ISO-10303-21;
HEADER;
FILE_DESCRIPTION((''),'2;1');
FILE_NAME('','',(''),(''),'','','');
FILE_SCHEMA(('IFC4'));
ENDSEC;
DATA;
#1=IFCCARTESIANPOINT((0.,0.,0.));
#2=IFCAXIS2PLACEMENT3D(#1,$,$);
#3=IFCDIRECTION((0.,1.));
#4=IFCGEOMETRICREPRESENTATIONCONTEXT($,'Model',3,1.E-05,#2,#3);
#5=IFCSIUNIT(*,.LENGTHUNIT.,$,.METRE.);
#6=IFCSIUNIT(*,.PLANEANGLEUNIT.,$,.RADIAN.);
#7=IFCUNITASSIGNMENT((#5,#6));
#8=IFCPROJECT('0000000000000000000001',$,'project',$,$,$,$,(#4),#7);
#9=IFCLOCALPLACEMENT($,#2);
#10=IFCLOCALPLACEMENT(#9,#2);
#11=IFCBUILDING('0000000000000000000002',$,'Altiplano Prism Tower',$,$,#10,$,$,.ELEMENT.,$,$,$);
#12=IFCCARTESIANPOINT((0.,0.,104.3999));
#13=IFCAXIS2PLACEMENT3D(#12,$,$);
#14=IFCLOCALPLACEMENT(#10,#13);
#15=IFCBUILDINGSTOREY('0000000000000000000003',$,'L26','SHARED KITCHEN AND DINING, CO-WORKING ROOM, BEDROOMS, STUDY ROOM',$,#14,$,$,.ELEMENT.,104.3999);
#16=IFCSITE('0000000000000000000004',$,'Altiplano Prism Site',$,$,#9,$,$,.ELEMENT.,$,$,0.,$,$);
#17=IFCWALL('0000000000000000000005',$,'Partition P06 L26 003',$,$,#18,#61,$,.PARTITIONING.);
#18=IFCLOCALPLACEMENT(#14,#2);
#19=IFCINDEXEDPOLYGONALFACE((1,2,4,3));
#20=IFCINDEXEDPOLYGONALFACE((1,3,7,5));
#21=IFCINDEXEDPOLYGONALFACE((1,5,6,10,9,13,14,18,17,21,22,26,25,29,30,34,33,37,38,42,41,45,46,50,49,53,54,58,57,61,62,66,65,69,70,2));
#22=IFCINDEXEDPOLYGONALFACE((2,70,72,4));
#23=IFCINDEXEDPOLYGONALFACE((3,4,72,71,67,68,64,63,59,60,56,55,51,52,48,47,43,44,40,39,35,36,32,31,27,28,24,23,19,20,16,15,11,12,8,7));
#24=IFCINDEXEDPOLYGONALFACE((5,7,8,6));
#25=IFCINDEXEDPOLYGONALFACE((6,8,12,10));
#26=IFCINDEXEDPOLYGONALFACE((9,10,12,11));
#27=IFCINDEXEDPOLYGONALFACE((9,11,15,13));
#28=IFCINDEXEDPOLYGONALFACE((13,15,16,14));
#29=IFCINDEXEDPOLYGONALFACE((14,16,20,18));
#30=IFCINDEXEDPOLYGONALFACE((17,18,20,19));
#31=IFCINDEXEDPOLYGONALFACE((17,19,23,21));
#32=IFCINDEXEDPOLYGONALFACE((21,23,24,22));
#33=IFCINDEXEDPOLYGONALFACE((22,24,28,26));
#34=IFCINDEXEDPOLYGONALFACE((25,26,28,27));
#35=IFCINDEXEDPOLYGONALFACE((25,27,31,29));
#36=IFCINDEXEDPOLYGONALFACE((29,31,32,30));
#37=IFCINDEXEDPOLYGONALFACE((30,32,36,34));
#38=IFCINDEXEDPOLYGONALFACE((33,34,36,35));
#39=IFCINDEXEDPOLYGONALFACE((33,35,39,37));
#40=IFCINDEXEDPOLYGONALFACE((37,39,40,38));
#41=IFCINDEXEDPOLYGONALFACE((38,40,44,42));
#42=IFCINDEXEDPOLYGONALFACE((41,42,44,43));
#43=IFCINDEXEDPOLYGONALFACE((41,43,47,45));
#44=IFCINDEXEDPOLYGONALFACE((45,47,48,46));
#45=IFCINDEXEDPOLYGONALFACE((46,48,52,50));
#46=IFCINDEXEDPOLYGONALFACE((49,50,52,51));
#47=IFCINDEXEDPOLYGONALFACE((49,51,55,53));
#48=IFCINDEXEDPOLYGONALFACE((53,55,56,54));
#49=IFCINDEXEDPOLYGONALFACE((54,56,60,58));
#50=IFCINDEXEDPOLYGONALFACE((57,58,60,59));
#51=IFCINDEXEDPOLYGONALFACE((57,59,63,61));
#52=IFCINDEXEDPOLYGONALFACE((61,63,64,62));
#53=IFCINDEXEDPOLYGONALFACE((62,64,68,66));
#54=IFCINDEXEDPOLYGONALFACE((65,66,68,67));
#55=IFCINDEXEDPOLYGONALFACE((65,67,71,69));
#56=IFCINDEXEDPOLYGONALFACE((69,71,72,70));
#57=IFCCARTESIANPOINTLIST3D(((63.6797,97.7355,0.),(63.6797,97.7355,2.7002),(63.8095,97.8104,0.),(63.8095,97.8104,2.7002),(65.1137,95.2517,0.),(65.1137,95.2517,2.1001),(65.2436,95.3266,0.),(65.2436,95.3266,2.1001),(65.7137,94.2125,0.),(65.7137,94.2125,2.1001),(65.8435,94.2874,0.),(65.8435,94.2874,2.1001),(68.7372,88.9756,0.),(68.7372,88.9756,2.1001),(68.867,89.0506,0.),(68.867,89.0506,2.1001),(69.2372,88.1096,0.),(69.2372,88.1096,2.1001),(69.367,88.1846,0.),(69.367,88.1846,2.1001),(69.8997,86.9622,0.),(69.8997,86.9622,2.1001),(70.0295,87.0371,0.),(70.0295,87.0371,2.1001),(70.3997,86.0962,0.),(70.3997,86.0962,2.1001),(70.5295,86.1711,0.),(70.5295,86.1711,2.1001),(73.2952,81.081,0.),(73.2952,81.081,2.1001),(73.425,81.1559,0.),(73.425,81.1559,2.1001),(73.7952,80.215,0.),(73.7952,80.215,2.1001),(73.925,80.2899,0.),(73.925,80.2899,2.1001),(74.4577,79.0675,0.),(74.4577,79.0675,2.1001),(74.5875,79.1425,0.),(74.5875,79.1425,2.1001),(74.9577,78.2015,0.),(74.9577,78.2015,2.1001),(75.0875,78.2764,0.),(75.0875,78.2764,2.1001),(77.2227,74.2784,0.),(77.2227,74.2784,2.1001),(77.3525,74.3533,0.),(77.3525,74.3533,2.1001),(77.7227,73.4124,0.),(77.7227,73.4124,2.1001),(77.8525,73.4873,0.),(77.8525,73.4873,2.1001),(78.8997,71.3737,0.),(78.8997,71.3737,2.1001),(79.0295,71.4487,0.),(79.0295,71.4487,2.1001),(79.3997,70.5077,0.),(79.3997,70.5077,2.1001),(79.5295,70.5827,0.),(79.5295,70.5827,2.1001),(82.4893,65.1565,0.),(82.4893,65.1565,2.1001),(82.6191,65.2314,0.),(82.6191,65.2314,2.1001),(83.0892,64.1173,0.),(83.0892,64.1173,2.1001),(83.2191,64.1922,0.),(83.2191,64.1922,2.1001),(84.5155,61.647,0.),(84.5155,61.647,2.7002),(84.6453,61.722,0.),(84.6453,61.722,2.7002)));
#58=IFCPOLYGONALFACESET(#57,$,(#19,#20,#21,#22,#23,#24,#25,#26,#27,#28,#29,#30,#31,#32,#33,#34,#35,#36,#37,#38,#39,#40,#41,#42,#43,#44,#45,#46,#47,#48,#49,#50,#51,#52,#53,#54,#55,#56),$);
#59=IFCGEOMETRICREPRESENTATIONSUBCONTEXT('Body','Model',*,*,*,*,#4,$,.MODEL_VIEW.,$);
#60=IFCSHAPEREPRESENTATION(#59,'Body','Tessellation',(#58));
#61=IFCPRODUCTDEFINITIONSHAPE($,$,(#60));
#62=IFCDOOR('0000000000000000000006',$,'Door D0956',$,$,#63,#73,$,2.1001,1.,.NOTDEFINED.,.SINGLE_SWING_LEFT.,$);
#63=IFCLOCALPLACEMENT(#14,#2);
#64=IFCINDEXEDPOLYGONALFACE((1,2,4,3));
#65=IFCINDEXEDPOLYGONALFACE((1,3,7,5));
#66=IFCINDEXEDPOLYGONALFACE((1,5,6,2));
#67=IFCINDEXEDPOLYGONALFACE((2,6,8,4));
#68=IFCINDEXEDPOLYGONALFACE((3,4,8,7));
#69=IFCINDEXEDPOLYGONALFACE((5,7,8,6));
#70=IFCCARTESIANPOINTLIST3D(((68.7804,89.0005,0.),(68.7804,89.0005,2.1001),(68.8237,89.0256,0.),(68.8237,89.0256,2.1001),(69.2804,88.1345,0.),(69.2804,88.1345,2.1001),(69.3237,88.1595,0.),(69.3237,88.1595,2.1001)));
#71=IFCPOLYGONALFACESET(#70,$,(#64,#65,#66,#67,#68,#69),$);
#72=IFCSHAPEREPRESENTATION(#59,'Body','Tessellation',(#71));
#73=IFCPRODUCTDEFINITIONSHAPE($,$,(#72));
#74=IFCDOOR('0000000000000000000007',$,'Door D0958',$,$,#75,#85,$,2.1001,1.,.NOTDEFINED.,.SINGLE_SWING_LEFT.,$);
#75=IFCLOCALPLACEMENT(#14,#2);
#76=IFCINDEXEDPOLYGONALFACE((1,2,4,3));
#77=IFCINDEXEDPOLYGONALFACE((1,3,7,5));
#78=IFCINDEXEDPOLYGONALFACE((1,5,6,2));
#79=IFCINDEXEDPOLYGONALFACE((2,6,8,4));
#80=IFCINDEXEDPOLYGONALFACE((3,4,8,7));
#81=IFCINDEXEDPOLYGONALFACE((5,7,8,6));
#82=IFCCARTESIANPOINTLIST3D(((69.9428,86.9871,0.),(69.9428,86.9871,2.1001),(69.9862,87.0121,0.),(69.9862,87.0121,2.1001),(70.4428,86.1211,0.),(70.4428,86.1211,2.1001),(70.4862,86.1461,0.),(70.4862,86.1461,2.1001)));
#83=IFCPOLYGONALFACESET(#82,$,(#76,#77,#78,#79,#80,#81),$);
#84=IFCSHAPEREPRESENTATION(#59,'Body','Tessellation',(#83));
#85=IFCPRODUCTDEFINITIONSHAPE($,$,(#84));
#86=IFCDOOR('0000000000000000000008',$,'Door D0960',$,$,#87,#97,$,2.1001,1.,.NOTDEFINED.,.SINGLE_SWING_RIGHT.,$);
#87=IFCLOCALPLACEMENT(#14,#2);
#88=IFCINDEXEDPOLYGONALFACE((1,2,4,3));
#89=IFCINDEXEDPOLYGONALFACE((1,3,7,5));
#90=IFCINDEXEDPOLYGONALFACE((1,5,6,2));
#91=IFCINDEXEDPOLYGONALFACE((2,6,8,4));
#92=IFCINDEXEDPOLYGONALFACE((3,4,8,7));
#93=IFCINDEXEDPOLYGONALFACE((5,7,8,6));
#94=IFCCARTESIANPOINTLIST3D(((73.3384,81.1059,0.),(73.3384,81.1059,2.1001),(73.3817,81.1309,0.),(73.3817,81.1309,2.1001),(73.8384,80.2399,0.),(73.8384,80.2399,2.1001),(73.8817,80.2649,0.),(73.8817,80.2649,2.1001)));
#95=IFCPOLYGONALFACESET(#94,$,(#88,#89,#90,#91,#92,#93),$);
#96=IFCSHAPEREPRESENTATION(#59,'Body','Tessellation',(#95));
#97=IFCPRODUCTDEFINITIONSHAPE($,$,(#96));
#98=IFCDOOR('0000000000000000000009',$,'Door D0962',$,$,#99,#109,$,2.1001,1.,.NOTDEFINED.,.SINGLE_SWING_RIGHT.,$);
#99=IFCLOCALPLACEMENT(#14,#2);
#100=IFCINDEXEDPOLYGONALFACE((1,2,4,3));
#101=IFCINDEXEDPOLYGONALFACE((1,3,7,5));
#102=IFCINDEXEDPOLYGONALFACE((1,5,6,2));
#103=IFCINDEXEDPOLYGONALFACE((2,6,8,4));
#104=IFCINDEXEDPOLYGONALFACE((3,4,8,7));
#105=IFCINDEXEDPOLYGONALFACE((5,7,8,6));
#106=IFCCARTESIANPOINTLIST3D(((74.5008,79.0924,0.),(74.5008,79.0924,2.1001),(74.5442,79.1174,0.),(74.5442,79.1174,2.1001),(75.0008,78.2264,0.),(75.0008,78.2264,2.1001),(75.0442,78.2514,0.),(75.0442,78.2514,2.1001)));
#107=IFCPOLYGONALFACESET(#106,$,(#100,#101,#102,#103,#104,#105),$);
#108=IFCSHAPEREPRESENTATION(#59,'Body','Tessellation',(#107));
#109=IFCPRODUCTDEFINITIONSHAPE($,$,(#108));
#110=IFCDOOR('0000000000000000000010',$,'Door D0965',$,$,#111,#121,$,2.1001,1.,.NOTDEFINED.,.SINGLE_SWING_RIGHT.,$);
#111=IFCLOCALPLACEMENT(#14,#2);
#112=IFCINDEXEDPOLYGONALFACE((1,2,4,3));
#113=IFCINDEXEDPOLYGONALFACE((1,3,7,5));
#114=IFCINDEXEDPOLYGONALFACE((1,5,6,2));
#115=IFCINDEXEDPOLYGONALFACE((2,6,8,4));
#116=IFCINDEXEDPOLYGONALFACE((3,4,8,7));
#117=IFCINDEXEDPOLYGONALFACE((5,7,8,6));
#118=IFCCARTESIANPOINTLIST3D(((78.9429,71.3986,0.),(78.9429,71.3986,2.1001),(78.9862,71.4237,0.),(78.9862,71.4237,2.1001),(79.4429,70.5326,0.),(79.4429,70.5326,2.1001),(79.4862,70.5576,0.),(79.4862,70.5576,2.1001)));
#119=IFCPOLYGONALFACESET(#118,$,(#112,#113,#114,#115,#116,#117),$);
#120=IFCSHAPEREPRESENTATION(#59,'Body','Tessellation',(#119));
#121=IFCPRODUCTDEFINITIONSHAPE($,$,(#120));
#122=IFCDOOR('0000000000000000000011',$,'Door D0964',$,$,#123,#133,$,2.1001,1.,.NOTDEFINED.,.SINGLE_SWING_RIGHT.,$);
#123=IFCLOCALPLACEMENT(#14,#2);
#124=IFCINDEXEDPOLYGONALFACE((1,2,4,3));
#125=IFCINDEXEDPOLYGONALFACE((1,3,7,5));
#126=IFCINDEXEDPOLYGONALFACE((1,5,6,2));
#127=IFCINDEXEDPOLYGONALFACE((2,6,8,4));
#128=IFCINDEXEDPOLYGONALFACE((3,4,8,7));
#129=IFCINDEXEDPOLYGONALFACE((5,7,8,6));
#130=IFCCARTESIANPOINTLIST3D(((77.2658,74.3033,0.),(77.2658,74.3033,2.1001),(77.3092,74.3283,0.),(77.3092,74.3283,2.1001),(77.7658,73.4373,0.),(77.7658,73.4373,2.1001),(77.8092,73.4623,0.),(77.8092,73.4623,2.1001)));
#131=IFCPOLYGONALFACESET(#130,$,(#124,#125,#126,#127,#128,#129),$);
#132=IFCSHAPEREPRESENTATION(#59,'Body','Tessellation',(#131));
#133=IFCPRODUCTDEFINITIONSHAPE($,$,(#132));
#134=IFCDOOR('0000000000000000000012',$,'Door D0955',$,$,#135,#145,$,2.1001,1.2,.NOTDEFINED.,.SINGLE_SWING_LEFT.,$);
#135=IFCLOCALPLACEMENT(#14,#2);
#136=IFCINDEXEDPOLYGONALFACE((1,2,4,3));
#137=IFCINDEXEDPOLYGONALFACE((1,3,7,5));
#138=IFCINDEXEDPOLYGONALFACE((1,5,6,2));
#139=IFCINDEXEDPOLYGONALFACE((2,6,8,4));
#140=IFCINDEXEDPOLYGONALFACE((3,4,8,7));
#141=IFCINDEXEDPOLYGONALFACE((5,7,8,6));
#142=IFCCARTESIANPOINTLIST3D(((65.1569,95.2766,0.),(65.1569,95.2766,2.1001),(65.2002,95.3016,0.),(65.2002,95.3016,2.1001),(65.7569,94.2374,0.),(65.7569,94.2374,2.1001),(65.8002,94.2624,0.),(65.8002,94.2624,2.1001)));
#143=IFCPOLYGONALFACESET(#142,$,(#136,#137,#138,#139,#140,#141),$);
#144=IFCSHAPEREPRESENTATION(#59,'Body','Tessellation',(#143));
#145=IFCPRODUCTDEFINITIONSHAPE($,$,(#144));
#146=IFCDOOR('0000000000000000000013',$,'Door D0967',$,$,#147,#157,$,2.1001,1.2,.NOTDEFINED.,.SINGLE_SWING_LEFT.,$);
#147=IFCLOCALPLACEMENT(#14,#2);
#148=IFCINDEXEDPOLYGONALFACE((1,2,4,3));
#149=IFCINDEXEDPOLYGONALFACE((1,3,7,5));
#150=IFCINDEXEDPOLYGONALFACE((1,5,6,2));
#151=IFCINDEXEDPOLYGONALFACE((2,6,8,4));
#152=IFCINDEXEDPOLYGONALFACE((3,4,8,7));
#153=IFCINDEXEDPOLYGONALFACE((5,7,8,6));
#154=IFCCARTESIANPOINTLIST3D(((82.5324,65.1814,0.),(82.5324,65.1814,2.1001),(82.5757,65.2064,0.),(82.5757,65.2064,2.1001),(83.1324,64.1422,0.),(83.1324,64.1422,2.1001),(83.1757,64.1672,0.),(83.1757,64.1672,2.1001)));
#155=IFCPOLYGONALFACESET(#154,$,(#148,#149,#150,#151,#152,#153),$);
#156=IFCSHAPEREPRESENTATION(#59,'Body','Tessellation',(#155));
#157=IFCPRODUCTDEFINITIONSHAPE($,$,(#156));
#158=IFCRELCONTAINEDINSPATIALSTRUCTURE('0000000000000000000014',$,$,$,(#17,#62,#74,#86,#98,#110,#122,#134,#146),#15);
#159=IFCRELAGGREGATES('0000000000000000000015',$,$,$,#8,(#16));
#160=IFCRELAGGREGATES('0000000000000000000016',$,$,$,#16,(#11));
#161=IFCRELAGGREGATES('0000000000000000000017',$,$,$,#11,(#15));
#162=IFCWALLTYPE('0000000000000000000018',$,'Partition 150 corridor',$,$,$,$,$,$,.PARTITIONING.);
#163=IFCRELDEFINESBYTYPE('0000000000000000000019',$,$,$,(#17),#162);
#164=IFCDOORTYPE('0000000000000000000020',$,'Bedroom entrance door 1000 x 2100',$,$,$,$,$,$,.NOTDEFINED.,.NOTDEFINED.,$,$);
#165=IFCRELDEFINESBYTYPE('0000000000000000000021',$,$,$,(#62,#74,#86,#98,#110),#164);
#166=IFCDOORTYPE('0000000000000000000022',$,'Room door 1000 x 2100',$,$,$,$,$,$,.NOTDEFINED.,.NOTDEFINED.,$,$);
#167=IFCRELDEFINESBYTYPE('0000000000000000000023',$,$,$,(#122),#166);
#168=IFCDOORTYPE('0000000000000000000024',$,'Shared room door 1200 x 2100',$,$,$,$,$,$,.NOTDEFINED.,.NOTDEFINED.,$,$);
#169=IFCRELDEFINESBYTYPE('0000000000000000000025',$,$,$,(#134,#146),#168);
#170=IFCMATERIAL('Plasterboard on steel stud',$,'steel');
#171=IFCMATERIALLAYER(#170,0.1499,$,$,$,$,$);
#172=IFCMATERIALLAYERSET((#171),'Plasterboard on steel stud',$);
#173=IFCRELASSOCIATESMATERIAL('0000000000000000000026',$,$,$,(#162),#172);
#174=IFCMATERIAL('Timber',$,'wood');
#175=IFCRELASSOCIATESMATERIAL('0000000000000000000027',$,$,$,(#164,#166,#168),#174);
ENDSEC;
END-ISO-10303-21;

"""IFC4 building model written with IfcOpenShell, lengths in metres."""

from ifc_helpers import new_model, si_unit, direction, frame, frame_2d, origin, place, context, subcontext, project, spatial, rectangle, extrude, material, layer, layer_set, type_object, element, fill, save


model = new_model("IFC4")

# Units and contexts
model_context = context("Model", 3, precision=1e-05, world=origin(), true_north=direction((0.0, 1.0)))
body_context = subcontext(model_context, "Body", "Model", "MODEL_VIEW")
ifc_project = project(units=[si_unit("LENGTHUNIT", "METRE"), si_unit("PLANEANGLEUNIT", "RADIAN")], contexts=[model_context])

# Site, building, storey
site_placement = place(None, origin())
site = spatial("IfcSite", under=ifc_project, at=site_placement, Name="Altiplano Prism Site", CompositionType="ELEMENT", RefElevation=0.0)
building_placement = place(site_placement, origin())
building = spatial("IfcBuilding", under=site, at=building_placement, Name="Altiplano Prism Tower", CompositionType="ELEMENT")
storey_placement = place(building_placement, frame((0.0, 0.0, 104.3999)))
storey = spatial("IfcBuildingStorey", under=building, at=storey_placement, Name="L26", Description="SHARED KITCHEN AND DINING, CO-WORKING ROOM, BEDROOMS, STUDY ROOM", CompositionType="ELEMENT", Elevation=104.3999)

# Shared definitions
ifc_material_1 = material(Name="Plasterboard on steel stud", Category="steel")
ifc_layer_1 = layer(ifc_material_1, 0.1499)
ifc_layer_set_1 = layer_set([ifc_layer_1], Name="Plasterboard on steel stud")
wall_type_1 = type_object("IfcWallType", Name="Partition 150 corridor", PredefinedType="PARTITIONING", material=ifc_layer_set_1)

# Wall, openings, doors
wall_1_placement = place(storey_placement, frame((63.7446, 97.7729, 0.0), z_axis=(0.0, 0.0, 1.0), x_axis=(0.500001, -0.866025, 0.0)))
wall_1 = element("IfcWall", 1, at=wall_1_placement, inside=storey, type_object=wall_type_1, Name="Partition P06 L26 003", PredefinedType="PARTITIONING", context=body_context, shape_type="SweptSolid", body=[
    extrude(rectangle(XDim=41.6714, YDim=0.1499, at=frame_2d((20.8357, 0.0))), origin(), (0.0, 0.0, 1.0), 2.7002),
])
opening_1_placement = place(wall_1_placement, frame((2.8679, 0.0, 0.0)))
opening_1 = element("IfcOpeningElement", 2, at=opening_1_placement, cuts=wall_1, PredefinedType="OPENING", context=body_context, shape_type="SweptSolid", body=[
    extrude(rectangle(XDim=1.2, YDim=2.1001, at=frame_2d((0.6001, 1.05))), frame((0.0, 0.0854, 0.0), z_axis=(0.0, -1.0, 0.0), x_axis=(1.0, 0.0, 0.0)), (0.0, 0.0, 1.0), 0.1709),
])
opening_2_placement = place(wall_1_placement, frame((10.115, 0.0, 0.0)))
opening_2 = element("IfcOpeningElement", 3, at=opening_2_placement, cuts=wall_1, PredefinedType="OPENING", context=body_context, shape_type="SweptSolid", body=[
    extrude(rectangle(XDim=1.0, YDim=2.1001, at=frame_2d((0.5, 1.05))), frame((0.0, 0.0854, 0.0), z_axis=(0.0, -1.0, 0.0), x_axis=(1.0, 0.0, 0.0)), (0.0, 0.0, 1.0), 0.1709),
])
opening_3_placement = place(wall_1_placement, frame((12.4399, 0.0, 0.0)))
opening_3 = element("IfcOpeningElement", 4, at=opening_3_placement, cuts=wall_1, PredefinedType="OPENING", context=body_context, shape_type="SweptSolid", body=[
    extrude(rectangle(XDim=1.0, YDim=2.1001, at=frame_2d((0.5, 1.05))), frame((0.0, 0.0854, 0.0), z_axis=(0.0, -1.0, 0.0), x_axis=(1.0, 0.0, 0.0)), (0.0, 0.0, 1.0), 0.1709),
])
opening_4_placement = place(wall_1_placement, frame((19.231, 0.0, 0.0)))
opening_4 = element("IfcOpeningElement", 5, at=opening_4_placement, cuts=wall_1, PredefinedType="OPENING", context=body_context, shape_type="SweptSolid", body=[
    extrude(rectangle(XDim=1.0, YDim=2.1001, at=frame_2d((0.5, 1.05))), frame((0.0, 0.0854, 0.0), z_axis=(0.0, -1.0, 0.0), x_axis=(1.0, 0.0, 0.0)), (0.0, 0.0, 1.0), 0.1709),
])
opening_5_placement = place(wall_1_placement, frame((21.5559, 0.0, 0.0)))
opening_5 = element("IfcOpeningElement", 6, at=opening_5_placement, cuts=wall_1, PredefinedType="OPENING", context=body_context, shape_type="SweptSolid", body=[
    extrude(rectangle(XDim=1.0, YDim=2.1001, at=frame_2d((0.5, 1.05))), frame((0.0, 0.0854, 0.0), z_axis=(0.0, -1.0, 0.0), x_axis=(1.0, 0.0, 0.0)), (0.0, 0.0, 1.0), 0.1709),
])
opening_6_placement = place(wall_1_placement, frame((27.0859, 0.0, 0.0)))
opening_6 = element("IfcOpeningElement", 7, at=opening_6_placement, cuts=wall_1, PredefinedType="OPENING", context=body_context, shape_type="SweptSolid", body=[
    extrude(rectangle(XDim=1.0, YDim=2.1001, at=frame_2d((0.5, 1.05))), frame((0.0, 0.0854, 0.0), z_axis=(0.0, -1.0, 0.0), x_axis=(1.0, 0.0, 0.0)), (0.0, 0.0, 1.0), 0.1709),
])
opening_7_placement = place(wall_1_placement, frame((30.4399, 0.0, 0.0)))
opening_7 = element("IfcOpeningElement", 8, at=opening_7_placement, cuts=wall_1, PredefinedType="OPENING", context=body_context, shape_type="SweptSolid", body=[
    extrude(rectangle(XDim=1.0, YDim=2.1001, at=frame_2d((0.5, 1.05))), frame((0.0, 0.0854, 0.0), z_axis=(0.0, -1.0, 0.0), x_axis=(1.0, 0.0, 0.0)), (0.0, 0.0, 1.0), 0.1709),
])
opening_8_placement = place(wall_1_placement, frame((37.6189, 0.0, 0.0)))
opening_8 = element("IfcOpeningElement", 9, at=opening_8_placement, cuts=wall_1, PredefinedType="OPENING", context=body_context, shape_type="SweptSolid", body=[
    extrude(rectangle(XDim=1.2, YDim=2.1001, at=frame_2d((0.6001, 1.05))), frame((0.0, 0.0854, 0.0), z_axis=(0.0, -1.0, 0.0), x_axis=(1.0, 0.0, 0.0)), (0.0, 0.0, 1.0), 0.1709),
])
ifc_material_2 = material(Name="Timber", Category="wood")
door_type_1 = type_object("IfcDoorType", Name="Bedroom entrance door 1000 x 2100", OperationType="NOTDEFINED", PredefinedType="NOTDEFINED", material=ifc_material_2)
door_1_placement = place(opening_2_placement, origin())
door_1 = element("IfcDoor", 10, at=door_1_placement, inside=storey, type_object=door_type_1, Name="Door D0956", OperationType="SINGLE_SWING_LEFT", OverallHeight=2.1001, OverallWidth=1.0, PredefinedType="NOTDEFINED", context=body_context, shape_type="SweptSolid", body=[
    extrude(rectangle(XDim=1.0, YDim=2.1001, at=frame_2d((0.5, 1.05))), frame((0.0, 0.0249, 0.0), z_axis=(0.0, -1.0, 0.0), x_axis=(1.0, 0.0, 0.0)), (0.0, 0.0, 1.0), 0.05),
])
fill(opening_2, door_1)
door_2_placement = place(opening_3_placement, origin())
door_2 = element("IfcDoor", 11, at=door_2_placement, inside=storey, type_object=door_type_1, Name="Door D0958", OperationType="SINGLE_SWING_LEFT", OverallHeight=2.1001, OverallWidth=1.0, PredefinedType="NOTDEFINED", context=body_context, shape_type="SweptSolid", body=[
    extrude(rectangle(XDim=1.0, YDim=2.1001, at=frame_2d((0.5, 1.05))), frame((0.0, 0.0249, 0.0), z_axis=(0.0, -1.0, 0.0), x_axis=(1.0, 0.0, 0.0)), (0.0, 0.0, 1.0), 0.05),
])
fill(opening_3, door_2)
door_3_placement = place(opening_4_placement, origin())
door_3 = element("IfcDoor", 12, at=door_3_placement, inside=storey, type_object=door_type_1, Name="Door D0960", OperationType="SINGLE_SWING_RIGHT", OverallHeight=2.1001, OverallWidth=1.0, PredefinedType="NOTDEFINED", context=body_context, shape_type="SweptSolid", body=[
    extrude(rectangle(XDim=1.0, YDim=2.1001, at=frame_2d((0.5, 1.05))), frame((0.0, 0.0249, 0.0), z_axis=(0.0, -1.0, 0.0), x_axis=(1.0, 0.0, 0.0)), (0.0, 0.0, 1.0), 0.05),
])
fill(opening_4, door_3)
door_4_placement = place(opening_5_placement, origin())
door_4 = element("IfcDoor", 13, at=door_4_placement, inside=storey, type_object=door_type_1, Name="Door D0962", OperationType="SINGLE_SWING_RIGHT", OverallHeight=2.1001, OverallWidth=1.0, PredefinedType="NOTDEFINED", context=body_context, shape_type="SweptSolid", body=[
    extrude(rectangle(XDim=1.0, YDim=2.1001, at=frame_2d((0.5, 1.05))), frame((0.0, 0.0249, 0.0), z_axis=(0.0, -1.0, 0.0), x_axis=(1.0, 0.0, 0.0)), (0.0, 0.0, 1.0), 0.05),
])
fill(opening_5, door_4)
door_5_placement = place(opening_7_placement, origin())
door_5 = element("IfcDoor", 14, at=door_5_placement, inside=storey, type_object=door_type_1, Name="Door D0965", OperationType="SINGLE_SWING_RIGHT", OverallHeight=2.1001, OverallWidth=1.0, PredefinedType="NOTDEFINED", context=body_context, shape_type="SweptSolid", body=[
    extrude(rectangle(XDim=1.0, YDim=2.1001, at=frame_2d((0.5, 1.05))), frame((0.0, 0.0249, 0.0), z_axis=(0.0, -1.0, 0.0), x_axis=(1.0, 0.0, 0.0)), (0.0, 0.0, 1.0), 0.05),
])
fill(opening_7, door_5)
door_type_2 = type_object("IfcDoorType", Name="Room door 1000 x 2100", OperationType="NOTDEFINED", PredefinedType="NOTDEFINED", material=ifc_material_2)
door_6_placement = place(opening_6_placement, origin())
door_6 = element("IfcDoor", 15, at=door_6_placement, inside=storey, type_object=door_type_2, Name="Door D0964", OperationType="SINGLE_SWING_RIGHT", OverallHeight=2.1001, OverallWidth=1.0, PredefinedType="NOTDEFINED", context=body_context, shape_type="SweptSolid", body=[
    extrude(rectangle(XDim=1.0, YDim=2.1001, at=frame_2d((0.5, 1.05))), frame((0.0, 0.0249, 0.0), z_axis=(0.0, -1.0, 0.0), x_axis=(1.0, 0.0, 0.0)), (0.0, 0.0, 1.0), 0.05),
])
fill(opening_6, door_6)
door_type_3 = type_object("IfcDoorType", Name="Shared room door 1200 x 2100", OperationType="NOTDEFINED", PredefinedType="NOTDEFINED", material=ifc_material_2)
door_7_placement = place(opening_1_placement, origin())
door_7 = element("IfcDoor", 16, at=door_7_placement, inside=storey, type_object=door_type_3, Name="Door D0955", OperationType="SINGLE_SWING_LEFT", OverallHeight=2.1001, OverallWidth=1.2, PredefinedType="NOTDEFINED", context=body_context, shape_type="SweptSolid", body=[
    extrude(rectangle(XDim=1.2, YDim=2.1001, at=frame_2d((0.6001, 1.05))), frame((0.0, 0.0249, 0.0), z_axis=(0.0, -1.0, 0.0), x_axis=(1.0, 0.0, 0.0)), (0.0, 0.0, 1.0), 0.05),
])
fill(opening_1, door_7)
door_8_placement = place(opening_8_placement, origin())
door_8 = element("IfcDoor", 17, at=door_8_placement, inside=storey, type_object=door_type_3, Name="Door D0967", OperationType="SINGLE_SWING_LEFT", OverallHeight=2.1001, OverallWidth=1.2, PredefinedType="NOTDEFINED", context=body_context, shape_type="SweptSolid", body=[
    extrude(rectangle(XDim=1.2, YDim=2.1001, at=frame_2d((0.6001, 1.05))), frame((0.0, 0.0249, 0.0), z_axis=(0.0, -1.0, 0.0), x_axis=(1.0, 0.0, 0.0)), (0.0, 0.0, 1.0), 0.05),
])
fill(opening_8, door_8)

save(model, "model.ifc")
